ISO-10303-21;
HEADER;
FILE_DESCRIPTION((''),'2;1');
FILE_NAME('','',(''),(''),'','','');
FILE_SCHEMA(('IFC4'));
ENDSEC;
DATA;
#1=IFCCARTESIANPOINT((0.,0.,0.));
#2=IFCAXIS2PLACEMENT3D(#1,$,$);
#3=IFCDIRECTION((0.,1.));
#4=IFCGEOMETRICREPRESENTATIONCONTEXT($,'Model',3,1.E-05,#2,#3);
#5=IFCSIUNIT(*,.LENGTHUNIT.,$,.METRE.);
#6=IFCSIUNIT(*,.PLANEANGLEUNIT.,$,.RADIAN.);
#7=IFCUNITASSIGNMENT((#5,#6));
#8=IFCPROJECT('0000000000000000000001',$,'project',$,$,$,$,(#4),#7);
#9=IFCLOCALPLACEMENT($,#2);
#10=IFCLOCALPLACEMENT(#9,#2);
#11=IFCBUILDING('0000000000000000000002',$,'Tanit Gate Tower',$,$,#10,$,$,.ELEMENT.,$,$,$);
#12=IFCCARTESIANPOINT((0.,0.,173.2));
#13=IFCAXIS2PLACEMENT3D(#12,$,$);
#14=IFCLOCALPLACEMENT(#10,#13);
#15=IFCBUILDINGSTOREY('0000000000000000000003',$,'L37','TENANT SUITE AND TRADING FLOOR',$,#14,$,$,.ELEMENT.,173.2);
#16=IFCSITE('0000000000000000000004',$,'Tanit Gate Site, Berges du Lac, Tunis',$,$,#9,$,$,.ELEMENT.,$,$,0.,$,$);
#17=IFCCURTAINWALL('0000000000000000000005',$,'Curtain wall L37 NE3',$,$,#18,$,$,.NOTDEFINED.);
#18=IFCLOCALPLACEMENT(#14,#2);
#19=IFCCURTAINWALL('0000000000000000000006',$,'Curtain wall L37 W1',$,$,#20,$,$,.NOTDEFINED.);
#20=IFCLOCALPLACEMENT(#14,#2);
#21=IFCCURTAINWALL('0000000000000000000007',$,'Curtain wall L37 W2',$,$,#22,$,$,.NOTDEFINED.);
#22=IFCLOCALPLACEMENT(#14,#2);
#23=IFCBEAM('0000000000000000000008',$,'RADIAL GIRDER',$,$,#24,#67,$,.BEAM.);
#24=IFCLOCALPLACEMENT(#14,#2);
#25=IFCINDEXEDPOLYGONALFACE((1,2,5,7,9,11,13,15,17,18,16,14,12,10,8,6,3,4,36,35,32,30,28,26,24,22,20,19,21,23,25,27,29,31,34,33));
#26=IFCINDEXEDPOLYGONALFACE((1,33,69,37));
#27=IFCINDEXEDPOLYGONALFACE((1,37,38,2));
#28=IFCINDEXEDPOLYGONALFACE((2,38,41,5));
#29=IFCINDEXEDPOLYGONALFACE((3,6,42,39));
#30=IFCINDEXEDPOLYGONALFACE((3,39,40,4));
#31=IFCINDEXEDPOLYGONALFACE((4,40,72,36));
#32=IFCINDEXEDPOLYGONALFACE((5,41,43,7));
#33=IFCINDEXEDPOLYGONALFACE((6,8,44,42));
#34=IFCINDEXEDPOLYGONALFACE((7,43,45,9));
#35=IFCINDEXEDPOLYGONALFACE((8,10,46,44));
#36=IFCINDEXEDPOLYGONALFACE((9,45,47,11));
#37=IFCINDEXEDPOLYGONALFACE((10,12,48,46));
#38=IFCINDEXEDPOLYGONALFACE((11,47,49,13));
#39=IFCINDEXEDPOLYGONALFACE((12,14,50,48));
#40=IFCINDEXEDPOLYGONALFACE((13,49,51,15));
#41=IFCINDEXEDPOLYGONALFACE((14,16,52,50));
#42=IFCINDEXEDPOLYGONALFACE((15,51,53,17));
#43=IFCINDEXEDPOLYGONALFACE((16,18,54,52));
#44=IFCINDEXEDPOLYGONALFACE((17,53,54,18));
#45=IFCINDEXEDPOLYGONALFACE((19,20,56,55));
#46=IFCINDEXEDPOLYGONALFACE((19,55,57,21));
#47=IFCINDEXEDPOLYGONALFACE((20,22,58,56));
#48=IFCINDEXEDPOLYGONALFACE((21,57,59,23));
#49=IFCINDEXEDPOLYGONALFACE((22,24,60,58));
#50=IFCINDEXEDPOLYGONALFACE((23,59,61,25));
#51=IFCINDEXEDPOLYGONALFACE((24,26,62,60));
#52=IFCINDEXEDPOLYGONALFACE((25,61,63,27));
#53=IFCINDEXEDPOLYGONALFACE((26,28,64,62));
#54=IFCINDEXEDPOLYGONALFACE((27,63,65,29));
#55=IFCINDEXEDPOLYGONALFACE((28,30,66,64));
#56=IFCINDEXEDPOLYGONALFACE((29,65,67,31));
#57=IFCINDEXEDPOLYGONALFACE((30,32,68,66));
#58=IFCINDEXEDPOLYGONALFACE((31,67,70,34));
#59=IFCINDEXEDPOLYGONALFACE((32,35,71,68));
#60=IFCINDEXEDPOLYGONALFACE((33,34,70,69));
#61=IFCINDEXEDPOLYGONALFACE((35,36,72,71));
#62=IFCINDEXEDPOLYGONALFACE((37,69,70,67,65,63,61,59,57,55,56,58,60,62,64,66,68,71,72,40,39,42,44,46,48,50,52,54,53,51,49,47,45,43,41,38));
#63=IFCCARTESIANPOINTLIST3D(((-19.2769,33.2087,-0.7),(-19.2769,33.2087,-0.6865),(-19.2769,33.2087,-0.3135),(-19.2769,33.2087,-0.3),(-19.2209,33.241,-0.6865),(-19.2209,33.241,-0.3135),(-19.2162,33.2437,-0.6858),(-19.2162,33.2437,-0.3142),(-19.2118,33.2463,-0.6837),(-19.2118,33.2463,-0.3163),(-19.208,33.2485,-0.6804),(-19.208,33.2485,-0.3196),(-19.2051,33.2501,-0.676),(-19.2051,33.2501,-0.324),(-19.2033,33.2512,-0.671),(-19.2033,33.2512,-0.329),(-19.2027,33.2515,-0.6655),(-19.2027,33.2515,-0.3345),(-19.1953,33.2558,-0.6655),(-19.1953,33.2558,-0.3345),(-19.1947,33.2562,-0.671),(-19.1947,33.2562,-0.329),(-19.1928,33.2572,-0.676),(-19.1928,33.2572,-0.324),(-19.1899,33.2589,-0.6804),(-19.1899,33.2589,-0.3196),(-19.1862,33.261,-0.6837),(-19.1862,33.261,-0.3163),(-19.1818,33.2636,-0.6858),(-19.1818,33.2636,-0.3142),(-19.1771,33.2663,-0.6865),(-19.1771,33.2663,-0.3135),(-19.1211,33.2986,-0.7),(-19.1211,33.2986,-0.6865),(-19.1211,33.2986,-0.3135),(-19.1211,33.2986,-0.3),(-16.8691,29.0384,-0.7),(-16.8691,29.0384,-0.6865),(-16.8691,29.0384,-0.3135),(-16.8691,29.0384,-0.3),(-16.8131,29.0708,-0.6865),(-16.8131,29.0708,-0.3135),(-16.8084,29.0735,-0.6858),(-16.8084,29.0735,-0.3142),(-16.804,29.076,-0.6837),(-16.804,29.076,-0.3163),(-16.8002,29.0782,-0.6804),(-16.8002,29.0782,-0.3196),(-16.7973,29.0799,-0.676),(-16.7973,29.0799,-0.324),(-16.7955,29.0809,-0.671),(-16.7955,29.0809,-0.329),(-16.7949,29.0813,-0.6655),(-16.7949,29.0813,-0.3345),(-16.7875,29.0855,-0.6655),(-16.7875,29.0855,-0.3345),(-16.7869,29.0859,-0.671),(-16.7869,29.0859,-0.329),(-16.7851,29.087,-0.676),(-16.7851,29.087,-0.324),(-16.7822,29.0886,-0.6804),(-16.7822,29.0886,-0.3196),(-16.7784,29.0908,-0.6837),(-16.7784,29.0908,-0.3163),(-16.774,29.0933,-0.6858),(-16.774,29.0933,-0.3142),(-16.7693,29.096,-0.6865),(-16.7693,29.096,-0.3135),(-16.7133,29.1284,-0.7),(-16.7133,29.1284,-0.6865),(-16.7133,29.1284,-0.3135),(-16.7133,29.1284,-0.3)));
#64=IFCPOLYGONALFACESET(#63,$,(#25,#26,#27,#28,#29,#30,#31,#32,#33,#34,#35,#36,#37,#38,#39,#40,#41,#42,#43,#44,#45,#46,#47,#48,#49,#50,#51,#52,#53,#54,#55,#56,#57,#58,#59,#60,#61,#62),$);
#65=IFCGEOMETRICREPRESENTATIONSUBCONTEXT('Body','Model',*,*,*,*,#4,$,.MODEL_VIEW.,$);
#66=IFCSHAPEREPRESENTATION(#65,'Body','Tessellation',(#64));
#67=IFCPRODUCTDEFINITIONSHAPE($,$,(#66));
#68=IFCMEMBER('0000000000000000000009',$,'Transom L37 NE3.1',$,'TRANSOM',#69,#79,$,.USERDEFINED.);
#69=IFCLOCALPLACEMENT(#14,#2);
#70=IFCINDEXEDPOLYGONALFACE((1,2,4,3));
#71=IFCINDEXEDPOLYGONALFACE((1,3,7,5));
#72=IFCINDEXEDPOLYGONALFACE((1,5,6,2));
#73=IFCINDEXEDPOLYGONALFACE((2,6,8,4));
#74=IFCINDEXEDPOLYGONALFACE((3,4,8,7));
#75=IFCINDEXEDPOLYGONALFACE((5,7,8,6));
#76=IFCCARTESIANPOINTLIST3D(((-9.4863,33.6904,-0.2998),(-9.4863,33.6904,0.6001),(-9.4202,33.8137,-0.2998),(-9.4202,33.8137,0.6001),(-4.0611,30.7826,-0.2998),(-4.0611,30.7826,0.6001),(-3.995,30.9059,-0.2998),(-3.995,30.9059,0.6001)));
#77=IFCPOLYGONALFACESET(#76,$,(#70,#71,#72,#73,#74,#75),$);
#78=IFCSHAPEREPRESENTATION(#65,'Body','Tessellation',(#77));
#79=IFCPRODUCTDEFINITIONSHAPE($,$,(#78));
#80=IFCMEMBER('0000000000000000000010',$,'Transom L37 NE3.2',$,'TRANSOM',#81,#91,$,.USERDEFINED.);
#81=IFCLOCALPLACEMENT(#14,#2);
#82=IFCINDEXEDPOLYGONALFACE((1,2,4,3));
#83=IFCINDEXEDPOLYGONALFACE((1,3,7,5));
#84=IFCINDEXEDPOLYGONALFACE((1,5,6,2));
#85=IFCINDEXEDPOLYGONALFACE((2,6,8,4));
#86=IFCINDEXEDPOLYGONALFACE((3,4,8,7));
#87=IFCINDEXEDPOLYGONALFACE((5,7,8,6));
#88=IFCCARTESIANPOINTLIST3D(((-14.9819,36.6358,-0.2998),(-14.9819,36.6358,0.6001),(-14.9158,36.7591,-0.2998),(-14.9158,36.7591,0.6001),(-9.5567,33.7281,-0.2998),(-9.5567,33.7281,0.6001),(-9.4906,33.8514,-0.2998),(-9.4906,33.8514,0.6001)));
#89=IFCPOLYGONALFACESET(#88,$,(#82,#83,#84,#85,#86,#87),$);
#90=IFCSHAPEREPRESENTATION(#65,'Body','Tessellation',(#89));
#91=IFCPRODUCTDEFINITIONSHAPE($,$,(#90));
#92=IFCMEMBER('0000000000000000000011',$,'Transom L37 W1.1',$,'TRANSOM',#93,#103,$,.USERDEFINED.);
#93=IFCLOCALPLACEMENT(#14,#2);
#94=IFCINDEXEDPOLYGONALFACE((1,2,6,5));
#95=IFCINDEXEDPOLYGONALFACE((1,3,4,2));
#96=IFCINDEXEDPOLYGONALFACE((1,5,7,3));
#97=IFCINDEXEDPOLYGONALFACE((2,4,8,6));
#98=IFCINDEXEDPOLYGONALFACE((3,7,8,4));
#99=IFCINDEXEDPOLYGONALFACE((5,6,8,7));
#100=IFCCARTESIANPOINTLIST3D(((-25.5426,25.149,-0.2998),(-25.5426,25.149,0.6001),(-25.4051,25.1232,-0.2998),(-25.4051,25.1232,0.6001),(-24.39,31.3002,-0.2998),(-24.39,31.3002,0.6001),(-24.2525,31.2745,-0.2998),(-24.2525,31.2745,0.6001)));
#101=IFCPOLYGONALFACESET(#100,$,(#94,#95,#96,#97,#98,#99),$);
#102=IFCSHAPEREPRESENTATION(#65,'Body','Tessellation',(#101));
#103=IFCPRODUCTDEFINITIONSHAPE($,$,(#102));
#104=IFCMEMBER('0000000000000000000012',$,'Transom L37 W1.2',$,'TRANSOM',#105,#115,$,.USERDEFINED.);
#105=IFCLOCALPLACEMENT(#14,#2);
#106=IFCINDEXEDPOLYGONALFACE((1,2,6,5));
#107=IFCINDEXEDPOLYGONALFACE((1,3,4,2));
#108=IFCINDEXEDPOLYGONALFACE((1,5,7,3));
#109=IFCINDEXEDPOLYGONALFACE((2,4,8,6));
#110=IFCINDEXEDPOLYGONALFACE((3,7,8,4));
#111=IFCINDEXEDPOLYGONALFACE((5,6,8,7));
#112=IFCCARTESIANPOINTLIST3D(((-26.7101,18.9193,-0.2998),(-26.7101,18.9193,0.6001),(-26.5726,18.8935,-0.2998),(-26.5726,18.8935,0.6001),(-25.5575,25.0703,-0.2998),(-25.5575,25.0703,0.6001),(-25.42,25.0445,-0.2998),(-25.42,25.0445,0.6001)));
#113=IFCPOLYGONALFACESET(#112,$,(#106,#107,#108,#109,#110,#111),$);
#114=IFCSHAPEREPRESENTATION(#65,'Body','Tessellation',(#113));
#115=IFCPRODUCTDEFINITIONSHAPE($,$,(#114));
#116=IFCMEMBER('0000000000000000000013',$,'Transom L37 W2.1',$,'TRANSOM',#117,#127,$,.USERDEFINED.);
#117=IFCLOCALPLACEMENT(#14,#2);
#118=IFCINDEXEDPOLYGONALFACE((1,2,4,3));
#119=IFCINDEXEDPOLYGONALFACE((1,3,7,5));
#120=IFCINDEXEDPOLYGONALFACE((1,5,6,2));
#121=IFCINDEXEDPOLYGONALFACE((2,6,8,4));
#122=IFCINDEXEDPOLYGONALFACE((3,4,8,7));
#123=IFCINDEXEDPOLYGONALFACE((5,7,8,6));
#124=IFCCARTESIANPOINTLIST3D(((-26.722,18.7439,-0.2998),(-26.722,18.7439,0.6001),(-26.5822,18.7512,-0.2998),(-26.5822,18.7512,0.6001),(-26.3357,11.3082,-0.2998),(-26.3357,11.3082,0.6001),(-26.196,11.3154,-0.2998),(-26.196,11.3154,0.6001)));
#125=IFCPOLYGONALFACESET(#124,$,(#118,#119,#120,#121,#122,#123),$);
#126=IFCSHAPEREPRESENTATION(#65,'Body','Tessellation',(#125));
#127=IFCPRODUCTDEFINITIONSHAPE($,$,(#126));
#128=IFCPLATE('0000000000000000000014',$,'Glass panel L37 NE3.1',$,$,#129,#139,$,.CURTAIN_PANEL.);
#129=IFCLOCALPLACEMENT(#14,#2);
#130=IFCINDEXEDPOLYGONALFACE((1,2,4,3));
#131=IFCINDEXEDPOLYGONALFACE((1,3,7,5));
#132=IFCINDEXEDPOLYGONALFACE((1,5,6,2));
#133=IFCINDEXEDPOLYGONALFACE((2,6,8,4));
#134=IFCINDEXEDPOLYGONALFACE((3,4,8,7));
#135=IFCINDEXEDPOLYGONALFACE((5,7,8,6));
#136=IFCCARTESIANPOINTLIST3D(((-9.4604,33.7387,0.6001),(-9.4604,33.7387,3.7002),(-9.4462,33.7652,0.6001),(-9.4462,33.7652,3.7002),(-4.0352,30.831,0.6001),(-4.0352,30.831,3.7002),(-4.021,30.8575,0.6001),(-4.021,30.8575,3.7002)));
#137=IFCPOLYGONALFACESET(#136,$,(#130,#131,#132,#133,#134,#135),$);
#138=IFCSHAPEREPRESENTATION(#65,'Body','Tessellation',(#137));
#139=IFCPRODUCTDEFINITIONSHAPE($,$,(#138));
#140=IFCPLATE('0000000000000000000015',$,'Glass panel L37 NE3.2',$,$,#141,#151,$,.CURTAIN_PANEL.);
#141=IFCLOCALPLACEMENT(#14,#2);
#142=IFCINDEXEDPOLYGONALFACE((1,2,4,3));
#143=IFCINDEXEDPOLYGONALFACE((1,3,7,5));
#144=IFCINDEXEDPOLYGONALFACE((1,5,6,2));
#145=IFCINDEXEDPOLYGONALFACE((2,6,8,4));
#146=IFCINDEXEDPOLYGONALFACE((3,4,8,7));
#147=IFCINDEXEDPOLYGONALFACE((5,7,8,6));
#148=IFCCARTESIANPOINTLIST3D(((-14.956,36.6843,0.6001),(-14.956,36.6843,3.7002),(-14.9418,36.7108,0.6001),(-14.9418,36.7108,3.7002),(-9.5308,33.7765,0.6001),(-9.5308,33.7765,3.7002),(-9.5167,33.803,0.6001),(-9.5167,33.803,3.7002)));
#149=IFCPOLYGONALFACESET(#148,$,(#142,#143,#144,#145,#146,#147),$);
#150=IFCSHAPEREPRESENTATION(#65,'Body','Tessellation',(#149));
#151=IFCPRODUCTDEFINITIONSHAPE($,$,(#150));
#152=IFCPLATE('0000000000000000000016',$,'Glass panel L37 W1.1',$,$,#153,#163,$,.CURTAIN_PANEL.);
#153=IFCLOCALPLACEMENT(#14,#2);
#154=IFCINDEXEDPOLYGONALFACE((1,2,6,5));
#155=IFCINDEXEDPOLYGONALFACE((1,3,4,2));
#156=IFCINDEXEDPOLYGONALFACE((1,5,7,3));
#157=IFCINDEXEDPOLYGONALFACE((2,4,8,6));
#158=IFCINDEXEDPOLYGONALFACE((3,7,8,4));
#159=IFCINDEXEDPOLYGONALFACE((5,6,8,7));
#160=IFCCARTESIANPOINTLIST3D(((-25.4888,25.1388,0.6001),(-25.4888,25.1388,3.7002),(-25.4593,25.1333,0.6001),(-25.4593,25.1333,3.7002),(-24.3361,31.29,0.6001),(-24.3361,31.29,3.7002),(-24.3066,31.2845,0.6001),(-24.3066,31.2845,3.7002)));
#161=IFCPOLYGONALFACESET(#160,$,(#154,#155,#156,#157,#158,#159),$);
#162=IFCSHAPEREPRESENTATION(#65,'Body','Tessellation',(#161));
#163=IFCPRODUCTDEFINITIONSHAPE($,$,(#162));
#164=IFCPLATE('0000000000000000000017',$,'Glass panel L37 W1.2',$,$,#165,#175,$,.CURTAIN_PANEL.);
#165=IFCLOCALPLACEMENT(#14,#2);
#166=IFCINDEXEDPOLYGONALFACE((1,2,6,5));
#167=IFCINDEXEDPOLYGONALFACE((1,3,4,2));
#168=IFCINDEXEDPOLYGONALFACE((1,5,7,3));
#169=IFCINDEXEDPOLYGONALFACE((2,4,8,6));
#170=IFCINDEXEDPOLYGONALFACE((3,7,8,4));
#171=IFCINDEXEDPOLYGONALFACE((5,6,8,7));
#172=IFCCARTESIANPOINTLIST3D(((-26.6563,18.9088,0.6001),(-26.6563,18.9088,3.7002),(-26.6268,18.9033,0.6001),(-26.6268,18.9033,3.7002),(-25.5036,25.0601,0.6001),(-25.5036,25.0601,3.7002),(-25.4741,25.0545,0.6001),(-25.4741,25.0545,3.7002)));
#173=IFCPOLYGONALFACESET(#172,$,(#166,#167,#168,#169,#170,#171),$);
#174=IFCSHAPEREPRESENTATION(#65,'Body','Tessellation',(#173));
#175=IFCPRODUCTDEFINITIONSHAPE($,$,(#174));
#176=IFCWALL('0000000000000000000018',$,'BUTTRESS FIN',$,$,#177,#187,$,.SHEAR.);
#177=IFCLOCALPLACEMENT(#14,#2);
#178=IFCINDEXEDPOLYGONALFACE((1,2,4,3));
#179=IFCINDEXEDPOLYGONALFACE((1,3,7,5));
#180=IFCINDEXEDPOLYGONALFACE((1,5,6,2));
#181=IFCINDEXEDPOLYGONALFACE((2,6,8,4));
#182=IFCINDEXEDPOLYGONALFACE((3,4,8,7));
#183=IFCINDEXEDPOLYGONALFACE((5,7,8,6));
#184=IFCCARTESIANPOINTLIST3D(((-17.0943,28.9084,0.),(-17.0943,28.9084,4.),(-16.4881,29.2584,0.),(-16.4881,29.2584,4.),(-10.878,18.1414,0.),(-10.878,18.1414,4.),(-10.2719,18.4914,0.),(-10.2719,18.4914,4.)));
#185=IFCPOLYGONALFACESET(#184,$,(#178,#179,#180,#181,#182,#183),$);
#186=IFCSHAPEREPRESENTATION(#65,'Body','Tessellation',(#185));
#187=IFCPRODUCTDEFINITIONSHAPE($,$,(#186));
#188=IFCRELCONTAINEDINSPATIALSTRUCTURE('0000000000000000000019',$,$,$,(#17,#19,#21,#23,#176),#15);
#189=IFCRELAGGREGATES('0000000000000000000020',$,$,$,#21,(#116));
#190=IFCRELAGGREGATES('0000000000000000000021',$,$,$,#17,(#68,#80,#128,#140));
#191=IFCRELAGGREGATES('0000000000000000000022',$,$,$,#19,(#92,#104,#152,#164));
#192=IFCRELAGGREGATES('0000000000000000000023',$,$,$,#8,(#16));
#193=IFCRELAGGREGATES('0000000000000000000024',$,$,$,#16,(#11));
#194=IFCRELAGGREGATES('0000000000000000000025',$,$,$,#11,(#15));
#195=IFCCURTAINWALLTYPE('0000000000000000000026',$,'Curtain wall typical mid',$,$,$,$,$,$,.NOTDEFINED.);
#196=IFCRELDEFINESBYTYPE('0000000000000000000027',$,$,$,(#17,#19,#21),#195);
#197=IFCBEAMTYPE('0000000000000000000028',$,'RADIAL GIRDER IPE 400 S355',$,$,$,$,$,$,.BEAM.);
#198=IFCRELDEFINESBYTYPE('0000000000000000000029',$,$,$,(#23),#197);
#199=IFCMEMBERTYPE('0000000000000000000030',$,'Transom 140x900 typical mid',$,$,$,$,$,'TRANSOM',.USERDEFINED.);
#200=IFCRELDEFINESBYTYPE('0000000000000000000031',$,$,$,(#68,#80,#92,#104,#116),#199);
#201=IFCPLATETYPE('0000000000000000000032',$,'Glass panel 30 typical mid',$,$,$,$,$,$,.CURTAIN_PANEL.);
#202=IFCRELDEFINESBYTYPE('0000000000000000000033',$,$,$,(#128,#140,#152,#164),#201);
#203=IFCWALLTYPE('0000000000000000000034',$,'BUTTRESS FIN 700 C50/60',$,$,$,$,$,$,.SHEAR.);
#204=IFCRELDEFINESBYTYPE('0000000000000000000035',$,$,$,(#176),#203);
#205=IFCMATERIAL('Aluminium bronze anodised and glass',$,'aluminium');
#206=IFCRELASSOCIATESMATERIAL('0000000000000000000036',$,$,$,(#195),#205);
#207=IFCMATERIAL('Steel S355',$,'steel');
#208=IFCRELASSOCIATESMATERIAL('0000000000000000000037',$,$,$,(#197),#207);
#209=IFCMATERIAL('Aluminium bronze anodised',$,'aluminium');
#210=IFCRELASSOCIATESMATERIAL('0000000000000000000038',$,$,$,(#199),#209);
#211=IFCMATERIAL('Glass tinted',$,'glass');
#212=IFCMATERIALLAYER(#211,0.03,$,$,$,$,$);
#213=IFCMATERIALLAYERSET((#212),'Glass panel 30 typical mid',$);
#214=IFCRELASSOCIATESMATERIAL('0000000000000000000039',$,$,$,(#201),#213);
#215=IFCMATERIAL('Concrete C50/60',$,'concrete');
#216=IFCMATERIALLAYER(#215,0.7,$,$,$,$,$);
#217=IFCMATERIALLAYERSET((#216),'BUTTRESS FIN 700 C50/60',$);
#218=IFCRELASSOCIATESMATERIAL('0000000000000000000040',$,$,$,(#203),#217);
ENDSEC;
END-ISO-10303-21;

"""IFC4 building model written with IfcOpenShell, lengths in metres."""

from ifc_helpers import new_model, si_unit, direction, frame, frame_2d, origin, origin_2d, place, context, subcontext, project, spatial, rectangle, i_section, extrude, material, layer, layer_set, material_profile, profile_set, type_object, element, aggregate, save


model = new_model("IFC4")

# Units and contexts
model_context = context("Model", 3, precision=1e-05, world=origin(), true_north=direction((0.0, 1.0)))
body_context = subcontext(model_context, "Body", "Model", "MODEL_VIEW")
ifc_project = project(units=[si_unit("LENGTHUNIT", "METRE"), si_unit("PLANEANGLEUNIT", "RADIAN")], contexts=[model_context])

# Site, building, storey
site_placement = place(None, origin())
site = spatial("IfcSite", under=ifc_project, at=site_placement, Name="Tanit Gate Site, Berges du Lac, Tunis", CompositionType="ELEMENT", RefElevation=0.0)
building_placement = place(site_placement, origin())
building = spatial("IfcBuilding", under=site, at=building_placement, Name="Tanit Gate Tower", CompositionType="ELEMENT")
storey_placement = place(building_placement, frame((0.0, 0.0, 173.2)))
storey = spatial("IfcBuildingStorey", under=building, at=storey_placement, Name="L37", Description="TENANT SUITE AND TRADING FLOOR", CompositionType="ELEMENT", Elevation=173.2)

# Curtain wall
ifc_material_1 = material(Name="Aluminium bronze anodised and glass", Category="aluminium")
curtain_wall_type = type_object("IfcCurtainWallType", Name="Curtain wall typical mid", PredefinedType="NOTDEFINED", material=ifc_material_1)
curtain_wall_1_placement = place(storey_placement, origin())
curtain_wall_1 = element("IfcCurtainWall", 1, at=curtain_wall_1_placement, inside=storey, type_object=curtain_wall_type, Name="Curtain wall L37 NE3", PredefinedType="NOTDEFINED")

# Curtain walls
curtain_wall_2_placement = place(storey_placement, origin())
curtain_wall_2 = element("IfcCurtainWall", 2, at=curtain_wall_2_placement, inside=storey, type_object=curtain_wall_type, Name="Curtain wall L37 W1", PredefinedType="NOTDEFINED")
curtain_wall_3_placement = place(storey_placement, origin())
curtain_wall_3 = element("IfcCurtainWall", 3, at=curtain_wall_3_placement, inside=storey, type_object=curtain_wall_type, Name="Curtain wall L37 W2", PredefinedType="NOTDEFINED")

# Beam
ifc_material_2 = material(Name="Steel S355", Category="steel")
ifc_material_profile_1 = material_profile(ifc_material_2, i_section(OverallWidth=0.1799, OverallDepth=0.3999, WebThickness=0.0085, FlangeThickness=0.0134, FilletRadius=0.021, at=origin_2d()), Name="IPE 400")
ifc_profile_set_1 = profile_set([ifc_material_profile_1], Name="Steel S355")
beam_type_1 = type_object("IfcBeamType", Name="RADIAL GIRDER IPE 400 S355", PredefinedType="BEAM", material=ifc_profile_set_1)
beam_1_placement = place(storey_placement, frame((-19.199, 33.2537, -0.5), z_axis=(0.500011, -0.866019, 0.0), x_axis=(0.866019, 0.500011, 0.0)))
element("IfcBeam", 4, at=beam_1_placement, inside=storey, type_object=beam_type_1, Name="RADIAL GIRDER", PredefinedType="BEAM", context=body_context, shape_type="SweptSolid", body=[
    extrude(i_section(OverallWidth=0.1799, OverallDepth=0.3999, WebThickness=0.0085, FlangeThickness=0.0134, FilletRadius=0.021, at=origin_2d()), origin(), (0.0, 0.0, 1.0), 4.8154),
])

# Members
ifc_material_3 = material(Name="Aluminium bronze anodised", Category="aluminium")
ifc_material_profile_2 = material_profile(ifc_material_3, rectangle(XDim=0.1399, YDim=0.8999, at=origin_2d()), Name="140x900 bronze transom")
ifc_profile_set_2 = profile_set([ifc_material_profile_2], Name="Aluminium bronze anodised")
member_type_1 = type_object("IfcMemberType", Name="Transom 140x900 typical mid", ElementType="TRANSOM", PredefinedType="USERDEFINED", material=ifc_profile_set_2)
member_1_placement = place(storey_placement, frame((-4.0281, 30.8442, 0.1501), z_axis=(-0.881383, 0.472403, 0.0), x_axis=(-0.472403, -0.881383, 0.0)))
member_1 = element("IfcMember", 5, at=member_1_placement, type_object=member_type_1, Name="Transom L37 NE3.1", ObjectType="TRANSOM", PredefinedType="USERDEFINED", context=body_context, shape_type="SweptSolid", body=[
    extrude(rectangle(XDim=0.1399, YDim=0.8999, at=origin_2d()), origin(), (0.0, 0.0, 1.0), 6.1553),
])
member_2_placement = place(storey_placement, frame((-9.5237, 33.7898, 0.1501), z_axis=(-0.881392, 0.472387, 0.0), x_axis=(-0.472387, -0.881392, 0.0)))
member_2 = element("IfcMember", 6, at=member_2_placement, type_object=member_type_1, Name="Transom L37 NE3.2", ObjectType="TRANSOM", PredefinedType="USERDEFINED", context=body_context, shape_type="SweptSolid", body=[
    extrude(rectangle(XDim=0.1399, YDim=0.8999, at=origin_2d()), origin(), (0.0, 0.0, 1.0), 6.1553),
])
member_3_placement = place(storey_placement, frame((-24.3213, 31.2874, 0.1501), z_axis=(-0.184166, -0.982895, 0.0), x_axis=(0.982895, -0.184166, 0.0)))
member_3 = element("IfcMember", 7, at=member_3_placement, type_object=member_type_1, Name="Transom L37 W1.1", ObjectType="TRANSOM", PredefinedType="USERDEFINED", context=body_context, shape_type="SweptSolid", body=[
    extrude(rectangle(XDim=0.1399, YDim=0.8999, at=origin_2d()), origin(), (0.0, 0.0, 1.0), 6.2583),
])
member_4_placement = place(storey_placement, frame((-25.4888, 25.0574, 0.1501), z_axis=(-0.184173, -0.982894, 0.0), x_axis=(0.982894, -0.184173, 0.0)))
member_4 = element("IfcMember", 8, at=member_4_placement, type_object=member_type_1, Name="Transom L37 W1.2", ObjectType="TRANSOM", PredefinedType="USERDEFINED", context=body_context, shape_type="SweptSolid", body=[
    extrude(rectangle(XDim=0.1399, YDim=0.8999, at=origin_2d()), origin(), (0.0, 0.0, 1.0), 6.2581),
])
member_5_placement = place(storey_placement, frame((-26.6521, 18.7476, 0.1501), z_axis=(0.051872, -0.998654, 0.0), x_axis=(0.998654, 0.051872, 0.0)))
member_5 = element("IfcMember", 9, at=member_5_placement, type_object=member_type_1, Name="Transom L37 W2.1", ObjectType="TRANSOM", PredefinedType="USERDEFINED", context=body_context, shape_type="SweptSolid", body=[
    extrude(rectangle(XDim=0.1399, YDim=0.8999, at=origin_2d()), origin(), (0.0, 0.0, 1.0), 7.4458),
])
aggregate(curtain_wall_3, [member_5])

# Plates
ifc_material_4 = material(Name="Glass tinted", Category="glass")
ifc_layer_1 = layer(ifc_material_4, 0.03)
ifc_layer_set_1 = layer_set([ifc_layer_1], Name="Glass panel 30 typical mid")
plate_type = type_object("IfcPlateType", Name="Glass panel 30 typical mid", PredefinedType="CURTAIN_PANEL", material=ifc_layer_set_1)
plate_1_placement = place(storey_placement, frame((-6.7407, 32.2981, 0.6001), z_axis=(0.0, 0.0, 1.0), x_axis=(-0.881385, 0.472399, 0.0)))
plate_1 = element("IfcPlate", 10, at=plate_1_placement, type_object=plate_type, Name="Glass panel L37 NE3.1", PredefinedType="CURTAIN_PANEL", context=body_context, shape_type="SweptSolid", body=[
    extrude(rectangle(XDim=6.1553, YDim=0.03, at=origin_2d()), origin(), (0.0, 0.0, 1.0), 3.1001),
])
plate_2_placement = place(storey_placement, frame((-12.2363, 35.2437, 0.6001), z_axis=(0.0, 0.0, 1.0), x_axis=(-0.881385, 0.472399, 0.0)))
plate_2 = element("IfcPlate", 11, at=plate_2_placement, type_object=plate_type, Name="Glass panel L37 NE3.2", PredefinedType="CURTAIN_PANEL", context=body_context, shape_type="SweptSolid", body=[
    extrude(rectangle(XDim=6.1553, YDim=0.03, at=origin_2d()), origin(), (0.0, 0.0, 1.0), 3.1001),
])
aggregate(curtain_wall_1, [member_1, member_2, plate_1, plate_2])
plate_3_placement = place(storey_placement, frame((-24.8977, 28.2117, 0.6001), z_axis=(0.0, 0.0, 1.0), x_axis=(-0.184196, -0.98289, 0.0)))
plate_3 = element("IfcPlate", 12, at=plate_3_placement, type_object=plate_type, Name="Glass panel L37 W1.1", PredefinedType="CURTAIN_PANEL", context=body_context, shape_type="SweptSolid", body=[
    extrude(rectangle(XDim=6.2583, YDim=0.03, at=origin_2d()), origin(), (0.0, 0.0, 1.0), 3.1001),
])
plate_4_placement = place(storey_placement, frame((-26.0652, 21.9817, 0.6001), z_axis=(0.0, 0.0, 1.0), x_axis=(-0.184196, -0.98289, 0.0)))
plate_4 = element("IfcPlate", 13, at=plate_4_placement, type_object=plate_type, Name="Glass panel L37 W1.2", PredefinedType="CURTAIN_PANEL", context=body_context, shape_type="SweptSolid", body=[
    extrude(rectangle(XDim=6.2583, YDim=0.03, at=origin_2d()), origin(), (0.0, 0.0, 1.0), 3.1001),
])
aggregate(curtain_wall_2, [member_3, member_4, plate_3, plate_4])

# Wall
ifc_material_5 = material(Name="Concrete C50/60", Category="concrete")
ifc_layer_2 = layer(ifc_material_5, 0.7)
ifc_layer_set_2 = layer_set([ifc_layer_2], Name="BUTTRESS FIN 700 C50/60")
wall_type_1 = type_object("IfcWallType", Name="BUTTRESS FIN 700 C50/60", PredefinedType="SHEAR", material=ifc_layer_set_2)
wall_1_placement = place(storey_placement, frame((-10.575, 18.3164, 0.0), z_axis=(0.0, 0.0, 1.0), x_axis=(-0.499996, 0.866028, 0.0)))
element("IfcWall", 14, at=wall_1_placement, inside=storey, type_object=wall_type_1, Name="BUTTRESS FIN", PredefinedType="SHEAR", context=body_context, shape_type="SweptSolid", body=[
    extrude(rectangle(XDim=12.4326, YDim=0.7, at=frame_2d((6.2163, 0.0))), origin(), (0.0, 0.0, 1.0), 4.0),
])

save(model, "model.ifc")
